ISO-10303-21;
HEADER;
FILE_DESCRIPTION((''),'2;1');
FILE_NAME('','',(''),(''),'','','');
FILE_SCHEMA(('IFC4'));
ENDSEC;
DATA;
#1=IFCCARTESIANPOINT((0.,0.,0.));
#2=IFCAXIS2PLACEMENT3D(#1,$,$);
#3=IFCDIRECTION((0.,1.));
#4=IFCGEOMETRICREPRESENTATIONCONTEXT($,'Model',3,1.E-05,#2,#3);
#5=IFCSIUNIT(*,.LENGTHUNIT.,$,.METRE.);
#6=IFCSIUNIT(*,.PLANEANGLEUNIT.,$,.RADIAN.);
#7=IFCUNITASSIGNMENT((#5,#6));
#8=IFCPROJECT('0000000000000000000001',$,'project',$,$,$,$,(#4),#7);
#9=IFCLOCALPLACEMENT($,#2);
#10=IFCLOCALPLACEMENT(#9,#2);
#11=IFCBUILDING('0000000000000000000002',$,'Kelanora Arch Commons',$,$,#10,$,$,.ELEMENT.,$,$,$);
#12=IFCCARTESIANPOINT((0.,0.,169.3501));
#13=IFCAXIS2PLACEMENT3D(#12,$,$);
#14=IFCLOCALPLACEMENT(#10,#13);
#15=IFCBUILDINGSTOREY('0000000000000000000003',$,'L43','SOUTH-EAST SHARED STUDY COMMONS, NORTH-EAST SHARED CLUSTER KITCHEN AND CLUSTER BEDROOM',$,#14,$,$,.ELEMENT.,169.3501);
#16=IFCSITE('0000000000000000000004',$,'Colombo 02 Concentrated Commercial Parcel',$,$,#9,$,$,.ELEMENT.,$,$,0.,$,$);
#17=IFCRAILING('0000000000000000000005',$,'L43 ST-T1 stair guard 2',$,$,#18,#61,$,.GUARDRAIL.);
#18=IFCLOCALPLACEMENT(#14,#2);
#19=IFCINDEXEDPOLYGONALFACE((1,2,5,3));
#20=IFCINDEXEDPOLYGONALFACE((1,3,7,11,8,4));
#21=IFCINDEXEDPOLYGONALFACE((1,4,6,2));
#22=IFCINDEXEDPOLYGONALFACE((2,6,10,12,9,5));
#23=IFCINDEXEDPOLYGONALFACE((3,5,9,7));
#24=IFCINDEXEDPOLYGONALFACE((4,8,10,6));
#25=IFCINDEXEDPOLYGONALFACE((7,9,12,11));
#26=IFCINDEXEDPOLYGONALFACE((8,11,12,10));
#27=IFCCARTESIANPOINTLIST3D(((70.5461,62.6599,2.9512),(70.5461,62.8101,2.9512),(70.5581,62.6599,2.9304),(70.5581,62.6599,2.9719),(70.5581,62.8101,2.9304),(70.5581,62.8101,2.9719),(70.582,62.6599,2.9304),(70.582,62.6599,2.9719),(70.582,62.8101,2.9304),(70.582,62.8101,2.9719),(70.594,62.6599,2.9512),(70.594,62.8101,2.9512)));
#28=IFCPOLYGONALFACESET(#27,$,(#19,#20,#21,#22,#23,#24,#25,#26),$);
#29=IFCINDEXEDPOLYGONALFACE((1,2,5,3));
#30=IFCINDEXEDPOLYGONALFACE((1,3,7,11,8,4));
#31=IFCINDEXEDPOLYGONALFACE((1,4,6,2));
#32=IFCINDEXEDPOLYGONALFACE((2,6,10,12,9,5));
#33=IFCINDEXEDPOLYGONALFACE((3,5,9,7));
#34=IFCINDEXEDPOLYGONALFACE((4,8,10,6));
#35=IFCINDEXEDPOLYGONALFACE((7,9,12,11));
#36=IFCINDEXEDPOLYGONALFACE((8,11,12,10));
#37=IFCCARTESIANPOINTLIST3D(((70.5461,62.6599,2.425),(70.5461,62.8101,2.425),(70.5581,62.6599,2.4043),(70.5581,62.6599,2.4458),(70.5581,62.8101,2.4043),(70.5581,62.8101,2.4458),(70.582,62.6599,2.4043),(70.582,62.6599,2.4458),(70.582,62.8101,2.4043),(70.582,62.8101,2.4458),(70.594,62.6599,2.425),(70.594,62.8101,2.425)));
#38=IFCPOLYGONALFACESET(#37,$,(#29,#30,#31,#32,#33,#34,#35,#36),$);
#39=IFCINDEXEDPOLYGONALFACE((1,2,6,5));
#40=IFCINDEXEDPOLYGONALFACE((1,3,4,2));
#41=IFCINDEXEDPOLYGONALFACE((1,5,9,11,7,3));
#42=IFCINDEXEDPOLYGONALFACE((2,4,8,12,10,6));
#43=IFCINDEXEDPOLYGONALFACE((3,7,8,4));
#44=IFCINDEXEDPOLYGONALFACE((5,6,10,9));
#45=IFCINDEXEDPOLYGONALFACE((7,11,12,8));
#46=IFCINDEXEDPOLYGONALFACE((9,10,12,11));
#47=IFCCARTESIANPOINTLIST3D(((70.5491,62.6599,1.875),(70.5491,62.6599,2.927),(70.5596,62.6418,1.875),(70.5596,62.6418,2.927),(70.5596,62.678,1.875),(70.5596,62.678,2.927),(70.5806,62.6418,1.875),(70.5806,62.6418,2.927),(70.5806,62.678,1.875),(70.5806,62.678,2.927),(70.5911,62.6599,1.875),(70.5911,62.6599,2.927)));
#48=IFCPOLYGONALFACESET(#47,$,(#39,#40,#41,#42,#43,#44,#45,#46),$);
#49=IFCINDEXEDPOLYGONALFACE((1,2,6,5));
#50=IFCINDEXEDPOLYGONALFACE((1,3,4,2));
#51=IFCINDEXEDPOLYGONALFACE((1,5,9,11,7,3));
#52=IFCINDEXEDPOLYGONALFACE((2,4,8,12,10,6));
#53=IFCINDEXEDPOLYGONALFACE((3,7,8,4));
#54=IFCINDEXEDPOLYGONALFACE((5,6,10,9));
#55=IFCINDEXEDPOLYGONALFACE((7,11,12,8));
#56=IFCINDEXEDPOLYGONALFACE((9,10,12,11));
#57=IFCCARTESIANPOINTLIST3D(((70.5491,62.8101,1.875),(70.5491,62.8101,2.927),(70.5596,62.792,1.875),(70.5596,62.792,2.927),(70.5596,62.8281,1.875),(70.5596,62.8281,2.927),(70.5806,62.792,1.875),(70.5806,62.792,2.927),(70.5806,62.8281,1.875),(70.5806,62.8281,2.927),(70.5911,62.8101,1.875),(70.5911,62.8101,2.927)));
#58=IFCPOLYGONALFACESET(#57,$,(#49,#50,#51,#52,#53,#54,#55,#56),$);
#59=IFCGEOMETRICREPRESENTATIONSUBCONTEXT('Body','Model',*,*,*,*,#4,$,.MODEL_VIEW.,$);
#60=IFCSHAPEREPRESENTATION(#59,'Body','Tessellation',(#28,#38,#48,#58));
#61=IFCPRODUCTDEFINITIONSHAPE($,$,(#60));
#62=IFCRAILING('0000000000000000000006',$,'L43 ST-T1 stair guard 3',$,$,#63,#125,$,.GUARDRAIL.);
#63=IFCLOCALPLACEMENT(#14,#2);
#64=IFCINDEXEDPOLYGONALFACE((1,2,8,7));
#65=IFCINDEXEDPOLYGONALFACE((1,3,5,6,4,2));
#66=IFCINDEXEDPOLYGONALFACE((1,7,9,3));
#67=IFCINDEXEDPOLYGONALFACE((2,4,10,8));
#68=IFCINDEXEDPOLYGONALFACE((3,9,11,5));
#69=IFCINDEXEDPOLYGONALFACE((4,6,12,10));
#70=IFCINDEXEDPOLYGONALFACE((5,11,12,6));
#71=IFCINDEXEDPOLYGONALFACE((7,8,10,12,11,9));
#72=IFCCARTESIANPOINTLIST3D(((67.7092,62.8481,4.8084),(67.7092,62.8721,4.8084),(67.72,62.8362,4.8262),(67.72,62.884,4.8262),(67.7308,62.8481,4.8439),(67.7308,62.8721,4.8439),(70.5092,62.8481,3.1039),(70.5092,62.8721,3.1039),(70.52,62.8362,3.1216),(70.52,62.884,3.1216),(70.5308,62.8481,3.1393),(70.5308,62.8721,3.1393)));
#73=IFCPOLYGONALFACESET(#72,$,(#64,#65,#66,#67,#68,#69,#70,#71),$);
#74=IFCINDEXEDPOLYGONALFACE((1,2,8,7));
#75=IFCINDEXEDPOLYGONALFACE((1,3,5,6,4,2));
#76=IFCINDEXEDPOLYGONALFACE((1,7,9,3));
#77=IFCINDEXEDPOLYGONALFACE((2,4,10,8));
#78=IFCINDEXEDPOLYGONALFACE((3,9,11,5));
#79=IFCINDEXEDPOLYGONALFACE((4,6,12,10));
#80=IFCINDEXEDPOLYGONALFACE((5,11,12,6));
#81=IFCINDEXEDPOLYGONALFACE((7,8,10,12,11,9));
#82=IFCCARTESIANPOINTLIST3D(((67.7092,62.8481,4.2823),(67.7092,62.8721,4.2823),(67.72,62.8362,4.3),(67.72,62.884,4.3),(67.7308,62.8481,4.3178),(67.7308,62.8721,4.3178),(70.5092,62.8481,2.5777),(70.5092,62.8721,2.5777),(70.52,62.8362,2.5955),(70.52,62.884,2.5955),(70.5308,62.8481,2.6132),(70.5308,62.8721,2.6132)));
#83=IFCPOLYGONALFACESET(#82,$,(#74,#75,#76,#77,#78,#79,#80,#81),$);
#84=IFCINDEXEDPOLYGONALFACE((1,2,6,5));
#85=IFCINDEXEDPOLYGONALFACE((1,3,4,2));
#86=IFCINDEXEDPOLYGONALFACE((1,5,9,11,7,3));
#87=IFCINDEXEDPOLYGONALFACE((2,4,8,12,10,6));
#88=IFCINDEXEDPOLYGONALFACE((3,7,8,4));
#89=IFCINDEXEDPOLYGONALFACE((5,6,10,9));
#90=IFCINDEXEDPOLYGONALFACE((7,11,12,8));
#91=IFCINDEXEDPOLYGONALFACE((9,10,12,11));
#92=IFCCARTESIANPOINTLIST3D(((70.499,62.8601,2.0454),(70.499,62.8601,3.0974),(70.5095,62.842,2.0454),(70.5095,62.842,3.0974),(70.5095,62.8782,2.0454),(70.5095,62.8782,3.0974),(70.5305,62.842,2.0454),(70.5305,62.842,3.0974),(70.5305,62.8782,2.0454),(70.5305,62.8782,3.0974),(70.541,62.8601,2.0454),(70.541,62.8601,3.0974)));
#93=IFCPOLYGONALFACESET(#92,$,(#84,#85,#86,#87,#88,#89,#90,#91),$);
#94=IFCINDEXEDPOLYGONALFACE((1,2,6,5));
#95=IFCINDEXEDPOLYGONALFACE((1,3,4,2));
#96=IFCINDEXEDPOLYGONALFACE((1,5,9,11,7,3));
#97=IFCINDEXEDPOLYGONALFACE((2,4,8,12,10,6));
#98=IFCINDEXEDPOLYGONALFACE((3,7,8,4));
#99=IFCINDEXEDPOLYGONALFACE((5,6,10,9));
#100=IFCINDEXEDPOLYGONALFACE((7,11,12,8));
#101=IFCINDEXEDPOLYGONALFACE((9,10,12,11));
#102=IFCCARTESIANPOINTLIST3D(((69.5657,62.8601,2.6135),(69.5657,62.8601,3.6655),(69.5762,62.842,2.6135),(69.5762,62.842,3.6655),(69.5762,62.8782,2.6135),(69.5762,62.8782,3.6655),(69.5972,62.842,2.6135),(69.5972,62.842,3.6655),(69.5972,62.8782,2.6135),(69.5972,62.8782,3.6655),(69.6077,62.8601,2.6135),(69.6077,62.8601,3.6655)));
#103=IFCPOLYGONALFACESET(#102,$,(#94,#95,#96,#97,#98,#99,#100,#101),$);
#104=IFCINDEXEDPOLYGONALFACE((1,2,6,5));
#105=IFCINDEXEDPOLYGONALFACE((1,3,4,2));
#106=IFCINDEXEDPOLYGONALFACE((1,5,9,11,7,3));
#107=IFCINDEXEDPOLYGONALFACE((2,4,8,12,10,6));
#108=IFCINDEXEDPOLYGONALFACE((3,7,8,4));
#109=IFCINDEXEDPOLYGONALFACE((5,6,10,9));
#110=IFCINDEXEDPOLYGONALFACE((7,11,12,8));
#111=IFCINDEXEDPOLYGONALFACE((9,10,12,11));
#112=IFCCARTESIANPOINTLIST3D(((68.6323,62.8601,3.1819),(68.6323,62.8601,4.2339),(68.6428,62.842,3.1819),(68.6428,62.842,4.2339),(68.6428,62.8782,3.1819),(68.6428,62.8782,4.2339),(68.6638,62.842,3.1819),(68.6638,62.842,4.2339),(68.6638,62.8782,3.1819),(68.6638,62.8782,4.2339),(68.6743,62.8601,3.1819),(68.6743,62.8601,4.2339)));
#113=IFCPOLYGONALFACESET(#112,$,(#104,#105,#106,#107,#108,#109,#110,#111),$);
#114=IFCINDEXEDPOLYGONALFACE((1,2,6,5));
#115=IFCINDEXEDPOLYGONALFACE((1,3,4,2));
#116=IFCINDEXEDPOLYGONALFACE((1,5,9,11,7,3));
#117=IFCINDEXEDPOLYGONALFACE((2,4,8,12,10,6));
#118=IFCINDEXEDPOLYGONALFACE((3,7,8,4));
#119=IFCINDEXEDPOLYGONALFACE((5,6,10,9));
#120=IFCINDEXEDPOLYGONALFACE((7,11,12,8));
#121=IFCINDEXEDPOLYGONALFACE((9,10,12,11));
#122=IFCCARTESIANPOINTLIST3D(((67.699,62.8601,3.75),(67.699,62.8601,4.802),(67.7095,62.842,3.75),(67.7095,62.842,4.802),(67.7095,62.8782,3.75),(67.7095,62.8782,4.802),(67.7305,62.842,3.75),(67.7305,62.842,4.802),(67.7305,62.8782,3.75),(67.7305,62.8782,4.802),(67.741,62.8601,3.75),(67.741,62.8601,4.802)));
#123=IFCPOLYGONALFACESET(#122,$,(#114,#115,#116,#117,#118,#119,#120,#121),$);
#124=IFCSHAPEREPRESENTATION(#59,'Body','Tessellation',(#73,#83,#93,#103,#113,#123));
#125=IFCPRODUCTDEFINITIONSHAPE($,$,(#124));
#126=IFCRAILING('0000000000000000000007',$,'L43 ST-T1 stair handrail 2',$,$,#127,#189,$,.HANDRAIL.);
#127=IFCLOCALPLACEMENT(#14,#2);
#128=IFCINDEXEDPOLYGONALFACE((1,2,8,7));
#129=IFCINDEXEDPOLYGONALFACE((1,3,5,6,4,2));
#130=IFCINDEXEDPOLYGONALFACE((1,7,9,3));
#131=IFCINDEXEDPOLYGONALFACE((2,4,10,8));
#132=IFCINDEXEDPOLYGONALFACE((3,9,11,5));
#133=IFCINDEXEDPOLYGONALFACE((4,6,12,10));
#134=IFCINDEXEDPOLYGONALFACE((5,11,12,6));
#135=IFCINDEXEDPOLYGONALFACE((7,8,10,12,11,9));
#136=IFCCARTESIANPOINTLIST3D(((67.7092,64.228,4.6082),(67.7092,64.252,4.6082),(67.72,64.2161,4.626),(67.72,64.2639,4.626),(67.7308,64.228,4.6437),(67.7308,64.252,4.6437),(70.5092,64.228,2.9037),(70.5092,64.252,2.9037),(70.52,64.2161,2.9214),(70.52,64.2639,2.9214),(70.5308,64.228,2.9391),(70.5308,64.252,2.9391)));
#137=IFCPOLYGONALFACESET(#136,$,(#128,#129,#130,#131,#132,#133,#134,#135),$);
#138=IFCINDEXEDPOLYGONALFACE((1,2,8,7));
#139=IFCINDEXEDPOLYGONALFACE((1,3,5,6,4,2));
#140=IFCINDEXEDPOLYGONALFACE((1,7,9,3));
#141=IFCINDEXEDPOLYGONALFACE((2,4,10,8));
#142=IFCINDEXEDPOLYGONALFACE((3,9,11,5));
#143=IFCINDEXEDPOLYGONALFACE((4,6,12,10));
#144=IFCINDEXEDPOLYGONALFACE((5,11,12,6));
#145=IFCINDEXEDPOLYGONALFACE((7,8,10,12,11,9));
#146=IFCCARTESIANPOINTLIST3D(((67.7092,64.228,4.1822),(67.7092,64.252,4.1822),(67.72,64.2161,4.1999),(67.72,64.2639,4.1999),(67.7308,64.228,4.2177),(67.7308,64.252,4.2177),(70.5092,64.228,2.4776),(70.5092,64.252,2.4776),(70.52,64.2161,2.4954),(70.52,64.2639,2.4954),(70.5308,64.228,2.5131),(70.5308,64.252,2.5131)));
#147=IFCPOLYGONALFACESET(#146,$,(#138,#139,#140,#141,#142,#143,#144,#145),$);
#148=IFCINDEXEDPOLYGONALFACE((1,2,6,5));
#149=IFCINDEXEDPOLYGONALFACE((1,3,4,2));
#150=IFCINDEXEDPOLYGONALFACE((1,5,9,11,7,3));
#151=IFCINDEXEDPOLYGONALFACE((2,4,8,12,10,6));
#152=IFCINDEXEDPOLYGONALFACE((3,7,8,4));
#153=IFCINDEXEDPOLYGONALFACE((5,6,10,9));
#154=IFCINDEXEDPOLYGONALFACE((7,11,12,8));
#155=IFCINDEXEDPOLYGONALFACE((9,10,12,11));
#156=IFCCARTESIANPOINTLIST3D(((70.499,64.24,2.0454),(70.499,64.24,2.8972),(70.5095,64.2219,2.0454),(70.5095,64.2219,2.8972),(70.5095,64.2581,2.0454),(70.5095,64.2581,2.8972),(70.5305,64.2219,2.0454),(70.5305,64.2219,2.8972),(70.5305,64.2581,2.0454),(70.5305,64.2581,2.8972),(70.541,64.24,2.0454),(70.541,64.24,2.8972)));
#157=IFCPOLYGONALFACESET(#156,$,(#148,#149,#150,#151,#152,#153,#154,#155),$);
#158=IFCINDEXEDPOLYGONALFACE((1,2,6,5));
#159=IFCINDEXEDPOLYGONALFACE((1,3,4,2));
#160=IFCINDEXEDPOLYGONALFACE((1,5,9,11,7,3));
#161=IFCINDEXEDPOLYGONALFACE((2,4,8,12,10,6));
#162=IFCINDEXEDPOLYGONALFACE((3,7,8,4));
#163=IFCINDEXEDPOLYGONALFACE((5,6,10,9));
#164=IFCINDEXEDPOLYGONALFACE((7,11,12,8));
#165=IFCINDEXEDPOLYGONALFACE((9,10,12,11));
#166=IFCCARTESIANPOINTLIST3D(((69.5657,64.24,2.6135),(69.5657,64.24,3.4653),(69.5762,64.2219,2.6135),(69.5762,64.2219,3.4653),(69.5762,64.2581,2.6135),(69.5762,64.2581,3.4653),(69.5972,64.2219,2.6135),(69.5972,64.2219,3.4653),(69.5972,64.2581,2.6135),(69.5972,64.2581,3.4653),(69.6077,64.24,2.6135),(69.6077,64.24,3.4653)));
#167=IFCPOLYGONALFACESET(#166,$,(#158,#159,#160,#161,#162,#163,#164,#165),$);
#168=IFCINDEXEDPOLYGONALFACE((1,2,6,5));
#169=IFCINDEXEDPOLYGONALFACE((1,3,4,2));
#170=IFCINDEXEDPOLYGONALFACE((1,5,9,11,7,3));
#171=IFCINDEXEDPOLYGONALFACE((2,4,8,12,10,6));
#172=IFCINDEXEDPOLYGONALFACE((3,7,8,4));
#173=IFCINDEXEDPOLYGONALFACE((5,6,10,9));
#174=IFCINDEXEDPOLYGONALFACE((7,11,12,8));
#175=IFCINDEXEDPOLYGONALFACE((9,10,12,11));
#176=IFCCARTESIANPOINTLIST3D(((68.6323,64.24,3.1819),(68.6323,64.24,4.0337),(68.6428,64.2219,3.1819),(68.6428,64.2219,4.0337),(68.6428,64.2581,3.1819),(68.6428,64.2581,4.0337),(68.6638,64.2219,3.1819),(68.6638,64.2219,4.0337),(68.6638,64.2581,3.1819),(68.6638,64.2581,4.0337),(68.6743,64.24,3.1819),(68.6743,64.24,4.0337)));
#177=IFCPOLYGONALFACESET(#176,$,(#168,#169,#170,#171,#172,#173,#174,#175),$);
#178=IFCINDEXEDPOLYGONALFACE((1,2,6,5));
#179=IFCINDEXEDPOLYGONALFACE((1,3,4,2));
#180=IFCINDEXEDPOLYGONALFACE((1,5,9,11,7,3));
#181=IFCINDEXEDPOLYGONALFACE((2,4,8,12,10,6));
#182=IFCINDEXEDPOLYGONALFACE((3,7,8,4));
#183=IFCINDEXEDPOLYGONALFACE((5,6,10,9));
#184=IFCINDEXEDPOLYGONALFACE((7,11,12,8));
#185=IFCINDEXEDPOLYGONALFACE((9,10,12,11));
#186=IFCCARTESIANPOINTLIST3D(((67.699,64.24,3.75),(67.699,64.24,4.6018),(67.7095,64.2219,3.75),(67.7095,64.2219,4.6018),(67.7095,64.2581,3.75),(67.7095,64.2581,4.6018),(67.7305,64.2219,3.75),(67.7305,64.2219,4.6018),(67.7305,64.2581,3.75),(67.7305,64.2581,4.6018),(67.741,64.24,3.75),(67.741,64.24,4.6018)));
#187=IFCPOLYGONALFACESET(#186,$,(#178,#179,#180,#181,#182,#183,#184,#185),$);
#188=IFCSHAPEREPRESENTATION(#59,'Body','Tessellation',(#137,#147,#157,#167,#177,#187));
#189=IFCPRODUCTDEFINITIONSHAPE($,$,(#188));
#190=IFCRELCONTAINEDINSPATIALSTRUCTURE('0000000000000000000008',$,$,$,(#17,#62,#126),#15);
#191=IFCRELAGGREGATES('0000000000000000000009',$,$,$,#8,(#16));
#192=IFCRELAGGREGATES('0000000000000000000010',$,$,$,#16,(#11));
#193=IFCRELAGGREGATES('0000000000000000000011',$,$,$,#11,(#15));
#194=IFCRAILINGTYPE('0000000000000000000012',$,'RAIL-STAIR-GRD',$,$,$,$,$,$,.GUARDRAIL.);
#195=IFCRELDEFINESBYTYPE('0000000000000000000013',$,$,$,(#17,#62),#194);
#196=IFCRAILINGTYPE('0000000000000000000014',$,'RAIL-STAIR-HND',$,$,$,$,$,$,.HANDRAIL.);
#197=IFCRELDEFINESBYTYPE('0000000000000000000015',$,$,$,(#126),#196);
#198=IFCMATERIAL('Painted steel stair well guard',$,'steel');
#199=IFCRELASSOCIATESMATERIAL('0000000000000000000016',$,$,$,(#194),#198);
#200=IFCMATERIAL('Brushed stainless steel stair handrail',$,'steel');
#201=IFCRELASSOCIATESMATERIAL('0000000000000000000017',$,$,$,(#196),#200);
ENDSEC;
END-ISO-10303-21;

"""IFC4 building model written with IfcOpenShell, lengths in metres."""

from ifc_helpers import new_model, si_unit, direction, frame, origin, place, context, subcontext, project, spatial, polyline, outline, extrude, material, type_object, element, save


model = new_model("IFC4")

# Units and contexts
model_context = context("Model", 3, precision=1e-05, world=origin(), true_north=direction((0.0, 1.0)))
body_context = subcontext(model_context, "Body", "Model", "MODEL_VIEW")
ifc_project = project(units=[si_unit("LENGTHUNIT", "METRE"), si_unit("PLANEANGLEUNIT", "RADIAN")], contexts=[model_context])

# Site, building, storey
site_placement = place(None, origin())
site = spatial("IfcSite", under=ifc_project, at=site_placement, Name="Colombo 02 Concentrated Commercial Parcel", CompositionType="ELEMENT", RefElevation=0.0)
building_placement = place(site_placement, origin())
building = spatial("IfcBuilding", under=site, at=building_placement, Name="Kelanora Arch Commons", CompositionType="ELEMENT")
storey_placement = place(building_placement, frame((0.0, 0.0, 169.3501)))
storey = spatial("IfcBuildingStorey", under=building, at=storey_placement, Name="L43", Description="SOUTH-EAST SHARED STUDY COMMONS, NORTH-EAST SHARED CLUSTER KITCHEN AND CLUSTER BEDROOM", CompositionType="ELEMENT", Elevation=169.3501)

# Railings
ifc_material_1 = material(Name="Painted steel stair well guard", Category="steel")
railing_type_1 = type_object("IfcRailingType", Name="RAIL-STAIR-GRD", PredefinedType="GUARDRAIL", material=ifc_material_1)
railing_1_placement = place(storey_placement, frame((70.5701, 62.6599, 1.875)))
element("IfcRailing", 1, at=railing_1_placement, inside=storey, type_object=railing_type_1, Name="L43 ST-T1 stair guard 2", PredefinedType="GUARDRAIL", context=body_context, shape_type="SweptSolid", body=[
    extrude(outline(polyline([(0.0239, 0.0), (0.012, 0.0208), (-0.012, 0.0208), (-0.0239, 0.0), (-0.012, -0.0208), (0.012, -0.0208), (0.0239, 0.0)])), frame((0.0, 0.0, 1.0762), z_axis=(0.0, 1.0, 0.0), x_axis=(-1.0, 0.0, 0.0)), (0.0, 0.0, 1.0), 0.1501),
    extrude(outline(polyline([(0.0239, 0.0), (0.012, 0.0208), (-0.012, 0.0208), (-0.0239, 0.0), (-0.012, -0.0208), (0.012, -0.0208), (0.0239, 0.0)])), frame((0.0, 0.0, 0.55), z_axis=(0.0, 1.0, 0.0), x_axis=(-1.0, 0.0, 0.0)), (0.0, 0.0, 1.0), 0.1501),
    extrude(outline(polyline([(0.021, 0.0), (0.0105, 0.0181), (-0.0105, 0.0181), (-0.021, 0.0), (-0.0105, -0.0181), (0.0105, -0.0181), (0.021, 0.0)])), origin(), (0.0, 0.0, 1.0), 1.052),
    extrude(outline(polyline([(0.021, 0.0), (0.0105, 0.0181), (-0.0105, 0.0181), (-0.021, 0.0), (-0.0105, -0.0181), (0.0105, -0.0181), (0.021, 0.0)])), frame((0.0, 0.1501, 0.0)), (0.0, 0.0, 1.0), 1.052),
])
railing_2_placement = place(storey_placement, frame((70.52, 62.8601, 2.0454)))
element("IfcRailing", 2, at=railing_2_placement, inside=storey, type_object=railing_type_1, Name="L43 ST-T1 stair guard 3", PredefinedType="GUARDRAIL", context=body_context, shape_type="SweptSolid", body=[
    extrude(outline(polyline([(0.0239, 0.0), (0.012, 0.0208), (-0.012, 0.0208), (-0.0239, 0.0), (-0.012, -0.0208), (0.012, -0.0208), (0.0239, 0.0)])), frame((0.0, 0.0, 1.0762), z_axis=(-0.85417, 0.0, 0.519994), x_axis=(0.0, -1.0, 0.0)), (0.0, 0.0, 1.0), 3.2781),
    extrude(outline(polyline([(0.0239, 0.0), (0.012, 0.0208), (-0.012, 0.0208), (-0.0239, 0.0), (-0.012, -0.0208), (0.012, -0.0208), (0.0239, 0.0)])), frame((0.0, 0.0, 0.55), z_axis=(-0.85417, 0.0, 0.519994), x_axis=(0.0, -1.0, 0.0)), (0.0, 0.0, 1.0), 3.2781),
    extrude(outline(polyline([(0.021, 0.0), (0.0105, 0.0181), (-0.0105, 0.0181), (-0.021, 0.0), (-0.0105, -0.0181), (0.0105, -0.0181), (0.021, 0.0)])), origin(), (0.0, 0.0, 1.0), 1.052),
    extrude(outline(polyline([(0.021, 0.0), (0.0105, 0.0181), (-0.0105, 0.0181), (-0.021, 0.0), (-0.0105, -0.0181), (0.0105, -0.0181), (0.021, 0.0)])), frame((-0.9333, 0.0, 0.5681)), (0.0, 0.0, 1.0), 1.052),
    extrude(outline(polyline([(0.021, 0.0), (0.0105, 0.0181), (-0.0105, 0.0181), (-0.021, 0.0), (-0.0105, -0.0181), (0.0105, -0.0181), (0.021, 0.0)])), frame((-1.8667, 0.0, 1.1365)), (0.0, 0.0, 1.0), 1.052),
    extrude(outline(polyline([(0.021, 0.0), (0.0105, 0.0181), (-0.0105, 0.0181), (-0.021, 0.0), (-0.0105, -0.0181), (0.0105, -0.0181), (0.021, 0.0)])), frame((-2.8, 0.0, 1.7046)), (0.0, 0.0, 1.0), 1.052),
])
ifc_material_2 = material(Name="Brushed stainless steel stair handrail", Category="steel")
railing_type_2 = type_object("IfcRailingType", Name="RAIL-STAIR-HND", PredefinedType="HANDRAIL", material=ifc_material_2)
railing_3_placement = place(storey_placement, frame((70.52, 64.24, 2.0454)))
element("IfcRailing", 3, at=railing_3_placement, inside=storey, type_object=railing_type_2, Name="L43 ST-T1 stair handrail 2", PredefinedType="HANDRAIL", context=body_context, shape_type="SweptSolid", body=[
    extrude(outline(polyline([(0.0239, 0.0), (0.012, 0.0208), (-0.012, 0.0208), (-0.0239, 0.0), (-0.012, -0.0208), (0.012, -0.0208), (0.0239, 0.0)])), frame((0.0, 0.0, 0.876), z_axis=(-0.85417, 0.0, 0.519994), x_axis=(0.0, -1.0, 0.0)), (0.0, 0.0, 1.0), 3.2781),
    extrude(outline(polyline([(0.0239, 0.0), (0.012, 0.0208), (-0.012, 0.0208), (-0.0239, 0.0), (-0.012, -0.0208), (0.012, -0.0208), (0.0239, 0.0)])), frame((0.0, 0.0, 0.45), z_axis=(-0.85417, 0.0, 0.519994), x_axis=(0.0, -1.0, 0.0)), (0.0, 0.0, 1.0), 3.2781),
    extrude(outline(polyline([(0.021, 0.0), (0.0105, 0.0181), (-0.0105, 0.0181), (-0.021, 0.0), (-0.0105, -0.0181), (0.0105, -0.0181), (0.021, 0.0)])), origin(), (0.0, 0.0, 1.0), 0.8518),
    extrude(outline(polyline([(0.021, 0.0), (0.0105, 0.0181), (-0.0105, 0.0181), (-0.021, 0.0), (-0.0105, -0.0181), (0.0105, -0.0181), (0.021, 0.0)])), frame((-0.9333, 0.0, 0.5681)), (0.0, 0.0, 1.0), 0.8518),
    extrude(outline(polyline([(0.021, 0.0), (0.0105, 0.0181), (-0.0105, 0.0181), (-0.021, 0.0), (-0.0105, -0.0181), (0.0105, -0.0181), (0.021, 0.0)])), frame((-1.8667, 0.0, 1.1365)), (0.0, 0.0, 1.0), 0.8518),
    extrude(outline(polyline([(0.021, 0.0), (0.0105, 0.0181), (-0.0105, 0.0181), (-0.021, 0.0), (-0.0105, -0.0181), (0.0105, -0.0181), (0.021, 0.0)])), frame((-2.8, 0.0, 1.7046)), (0.0, 0.0, 1.0), 0.8518),
])

save(model, "model.ifc")
